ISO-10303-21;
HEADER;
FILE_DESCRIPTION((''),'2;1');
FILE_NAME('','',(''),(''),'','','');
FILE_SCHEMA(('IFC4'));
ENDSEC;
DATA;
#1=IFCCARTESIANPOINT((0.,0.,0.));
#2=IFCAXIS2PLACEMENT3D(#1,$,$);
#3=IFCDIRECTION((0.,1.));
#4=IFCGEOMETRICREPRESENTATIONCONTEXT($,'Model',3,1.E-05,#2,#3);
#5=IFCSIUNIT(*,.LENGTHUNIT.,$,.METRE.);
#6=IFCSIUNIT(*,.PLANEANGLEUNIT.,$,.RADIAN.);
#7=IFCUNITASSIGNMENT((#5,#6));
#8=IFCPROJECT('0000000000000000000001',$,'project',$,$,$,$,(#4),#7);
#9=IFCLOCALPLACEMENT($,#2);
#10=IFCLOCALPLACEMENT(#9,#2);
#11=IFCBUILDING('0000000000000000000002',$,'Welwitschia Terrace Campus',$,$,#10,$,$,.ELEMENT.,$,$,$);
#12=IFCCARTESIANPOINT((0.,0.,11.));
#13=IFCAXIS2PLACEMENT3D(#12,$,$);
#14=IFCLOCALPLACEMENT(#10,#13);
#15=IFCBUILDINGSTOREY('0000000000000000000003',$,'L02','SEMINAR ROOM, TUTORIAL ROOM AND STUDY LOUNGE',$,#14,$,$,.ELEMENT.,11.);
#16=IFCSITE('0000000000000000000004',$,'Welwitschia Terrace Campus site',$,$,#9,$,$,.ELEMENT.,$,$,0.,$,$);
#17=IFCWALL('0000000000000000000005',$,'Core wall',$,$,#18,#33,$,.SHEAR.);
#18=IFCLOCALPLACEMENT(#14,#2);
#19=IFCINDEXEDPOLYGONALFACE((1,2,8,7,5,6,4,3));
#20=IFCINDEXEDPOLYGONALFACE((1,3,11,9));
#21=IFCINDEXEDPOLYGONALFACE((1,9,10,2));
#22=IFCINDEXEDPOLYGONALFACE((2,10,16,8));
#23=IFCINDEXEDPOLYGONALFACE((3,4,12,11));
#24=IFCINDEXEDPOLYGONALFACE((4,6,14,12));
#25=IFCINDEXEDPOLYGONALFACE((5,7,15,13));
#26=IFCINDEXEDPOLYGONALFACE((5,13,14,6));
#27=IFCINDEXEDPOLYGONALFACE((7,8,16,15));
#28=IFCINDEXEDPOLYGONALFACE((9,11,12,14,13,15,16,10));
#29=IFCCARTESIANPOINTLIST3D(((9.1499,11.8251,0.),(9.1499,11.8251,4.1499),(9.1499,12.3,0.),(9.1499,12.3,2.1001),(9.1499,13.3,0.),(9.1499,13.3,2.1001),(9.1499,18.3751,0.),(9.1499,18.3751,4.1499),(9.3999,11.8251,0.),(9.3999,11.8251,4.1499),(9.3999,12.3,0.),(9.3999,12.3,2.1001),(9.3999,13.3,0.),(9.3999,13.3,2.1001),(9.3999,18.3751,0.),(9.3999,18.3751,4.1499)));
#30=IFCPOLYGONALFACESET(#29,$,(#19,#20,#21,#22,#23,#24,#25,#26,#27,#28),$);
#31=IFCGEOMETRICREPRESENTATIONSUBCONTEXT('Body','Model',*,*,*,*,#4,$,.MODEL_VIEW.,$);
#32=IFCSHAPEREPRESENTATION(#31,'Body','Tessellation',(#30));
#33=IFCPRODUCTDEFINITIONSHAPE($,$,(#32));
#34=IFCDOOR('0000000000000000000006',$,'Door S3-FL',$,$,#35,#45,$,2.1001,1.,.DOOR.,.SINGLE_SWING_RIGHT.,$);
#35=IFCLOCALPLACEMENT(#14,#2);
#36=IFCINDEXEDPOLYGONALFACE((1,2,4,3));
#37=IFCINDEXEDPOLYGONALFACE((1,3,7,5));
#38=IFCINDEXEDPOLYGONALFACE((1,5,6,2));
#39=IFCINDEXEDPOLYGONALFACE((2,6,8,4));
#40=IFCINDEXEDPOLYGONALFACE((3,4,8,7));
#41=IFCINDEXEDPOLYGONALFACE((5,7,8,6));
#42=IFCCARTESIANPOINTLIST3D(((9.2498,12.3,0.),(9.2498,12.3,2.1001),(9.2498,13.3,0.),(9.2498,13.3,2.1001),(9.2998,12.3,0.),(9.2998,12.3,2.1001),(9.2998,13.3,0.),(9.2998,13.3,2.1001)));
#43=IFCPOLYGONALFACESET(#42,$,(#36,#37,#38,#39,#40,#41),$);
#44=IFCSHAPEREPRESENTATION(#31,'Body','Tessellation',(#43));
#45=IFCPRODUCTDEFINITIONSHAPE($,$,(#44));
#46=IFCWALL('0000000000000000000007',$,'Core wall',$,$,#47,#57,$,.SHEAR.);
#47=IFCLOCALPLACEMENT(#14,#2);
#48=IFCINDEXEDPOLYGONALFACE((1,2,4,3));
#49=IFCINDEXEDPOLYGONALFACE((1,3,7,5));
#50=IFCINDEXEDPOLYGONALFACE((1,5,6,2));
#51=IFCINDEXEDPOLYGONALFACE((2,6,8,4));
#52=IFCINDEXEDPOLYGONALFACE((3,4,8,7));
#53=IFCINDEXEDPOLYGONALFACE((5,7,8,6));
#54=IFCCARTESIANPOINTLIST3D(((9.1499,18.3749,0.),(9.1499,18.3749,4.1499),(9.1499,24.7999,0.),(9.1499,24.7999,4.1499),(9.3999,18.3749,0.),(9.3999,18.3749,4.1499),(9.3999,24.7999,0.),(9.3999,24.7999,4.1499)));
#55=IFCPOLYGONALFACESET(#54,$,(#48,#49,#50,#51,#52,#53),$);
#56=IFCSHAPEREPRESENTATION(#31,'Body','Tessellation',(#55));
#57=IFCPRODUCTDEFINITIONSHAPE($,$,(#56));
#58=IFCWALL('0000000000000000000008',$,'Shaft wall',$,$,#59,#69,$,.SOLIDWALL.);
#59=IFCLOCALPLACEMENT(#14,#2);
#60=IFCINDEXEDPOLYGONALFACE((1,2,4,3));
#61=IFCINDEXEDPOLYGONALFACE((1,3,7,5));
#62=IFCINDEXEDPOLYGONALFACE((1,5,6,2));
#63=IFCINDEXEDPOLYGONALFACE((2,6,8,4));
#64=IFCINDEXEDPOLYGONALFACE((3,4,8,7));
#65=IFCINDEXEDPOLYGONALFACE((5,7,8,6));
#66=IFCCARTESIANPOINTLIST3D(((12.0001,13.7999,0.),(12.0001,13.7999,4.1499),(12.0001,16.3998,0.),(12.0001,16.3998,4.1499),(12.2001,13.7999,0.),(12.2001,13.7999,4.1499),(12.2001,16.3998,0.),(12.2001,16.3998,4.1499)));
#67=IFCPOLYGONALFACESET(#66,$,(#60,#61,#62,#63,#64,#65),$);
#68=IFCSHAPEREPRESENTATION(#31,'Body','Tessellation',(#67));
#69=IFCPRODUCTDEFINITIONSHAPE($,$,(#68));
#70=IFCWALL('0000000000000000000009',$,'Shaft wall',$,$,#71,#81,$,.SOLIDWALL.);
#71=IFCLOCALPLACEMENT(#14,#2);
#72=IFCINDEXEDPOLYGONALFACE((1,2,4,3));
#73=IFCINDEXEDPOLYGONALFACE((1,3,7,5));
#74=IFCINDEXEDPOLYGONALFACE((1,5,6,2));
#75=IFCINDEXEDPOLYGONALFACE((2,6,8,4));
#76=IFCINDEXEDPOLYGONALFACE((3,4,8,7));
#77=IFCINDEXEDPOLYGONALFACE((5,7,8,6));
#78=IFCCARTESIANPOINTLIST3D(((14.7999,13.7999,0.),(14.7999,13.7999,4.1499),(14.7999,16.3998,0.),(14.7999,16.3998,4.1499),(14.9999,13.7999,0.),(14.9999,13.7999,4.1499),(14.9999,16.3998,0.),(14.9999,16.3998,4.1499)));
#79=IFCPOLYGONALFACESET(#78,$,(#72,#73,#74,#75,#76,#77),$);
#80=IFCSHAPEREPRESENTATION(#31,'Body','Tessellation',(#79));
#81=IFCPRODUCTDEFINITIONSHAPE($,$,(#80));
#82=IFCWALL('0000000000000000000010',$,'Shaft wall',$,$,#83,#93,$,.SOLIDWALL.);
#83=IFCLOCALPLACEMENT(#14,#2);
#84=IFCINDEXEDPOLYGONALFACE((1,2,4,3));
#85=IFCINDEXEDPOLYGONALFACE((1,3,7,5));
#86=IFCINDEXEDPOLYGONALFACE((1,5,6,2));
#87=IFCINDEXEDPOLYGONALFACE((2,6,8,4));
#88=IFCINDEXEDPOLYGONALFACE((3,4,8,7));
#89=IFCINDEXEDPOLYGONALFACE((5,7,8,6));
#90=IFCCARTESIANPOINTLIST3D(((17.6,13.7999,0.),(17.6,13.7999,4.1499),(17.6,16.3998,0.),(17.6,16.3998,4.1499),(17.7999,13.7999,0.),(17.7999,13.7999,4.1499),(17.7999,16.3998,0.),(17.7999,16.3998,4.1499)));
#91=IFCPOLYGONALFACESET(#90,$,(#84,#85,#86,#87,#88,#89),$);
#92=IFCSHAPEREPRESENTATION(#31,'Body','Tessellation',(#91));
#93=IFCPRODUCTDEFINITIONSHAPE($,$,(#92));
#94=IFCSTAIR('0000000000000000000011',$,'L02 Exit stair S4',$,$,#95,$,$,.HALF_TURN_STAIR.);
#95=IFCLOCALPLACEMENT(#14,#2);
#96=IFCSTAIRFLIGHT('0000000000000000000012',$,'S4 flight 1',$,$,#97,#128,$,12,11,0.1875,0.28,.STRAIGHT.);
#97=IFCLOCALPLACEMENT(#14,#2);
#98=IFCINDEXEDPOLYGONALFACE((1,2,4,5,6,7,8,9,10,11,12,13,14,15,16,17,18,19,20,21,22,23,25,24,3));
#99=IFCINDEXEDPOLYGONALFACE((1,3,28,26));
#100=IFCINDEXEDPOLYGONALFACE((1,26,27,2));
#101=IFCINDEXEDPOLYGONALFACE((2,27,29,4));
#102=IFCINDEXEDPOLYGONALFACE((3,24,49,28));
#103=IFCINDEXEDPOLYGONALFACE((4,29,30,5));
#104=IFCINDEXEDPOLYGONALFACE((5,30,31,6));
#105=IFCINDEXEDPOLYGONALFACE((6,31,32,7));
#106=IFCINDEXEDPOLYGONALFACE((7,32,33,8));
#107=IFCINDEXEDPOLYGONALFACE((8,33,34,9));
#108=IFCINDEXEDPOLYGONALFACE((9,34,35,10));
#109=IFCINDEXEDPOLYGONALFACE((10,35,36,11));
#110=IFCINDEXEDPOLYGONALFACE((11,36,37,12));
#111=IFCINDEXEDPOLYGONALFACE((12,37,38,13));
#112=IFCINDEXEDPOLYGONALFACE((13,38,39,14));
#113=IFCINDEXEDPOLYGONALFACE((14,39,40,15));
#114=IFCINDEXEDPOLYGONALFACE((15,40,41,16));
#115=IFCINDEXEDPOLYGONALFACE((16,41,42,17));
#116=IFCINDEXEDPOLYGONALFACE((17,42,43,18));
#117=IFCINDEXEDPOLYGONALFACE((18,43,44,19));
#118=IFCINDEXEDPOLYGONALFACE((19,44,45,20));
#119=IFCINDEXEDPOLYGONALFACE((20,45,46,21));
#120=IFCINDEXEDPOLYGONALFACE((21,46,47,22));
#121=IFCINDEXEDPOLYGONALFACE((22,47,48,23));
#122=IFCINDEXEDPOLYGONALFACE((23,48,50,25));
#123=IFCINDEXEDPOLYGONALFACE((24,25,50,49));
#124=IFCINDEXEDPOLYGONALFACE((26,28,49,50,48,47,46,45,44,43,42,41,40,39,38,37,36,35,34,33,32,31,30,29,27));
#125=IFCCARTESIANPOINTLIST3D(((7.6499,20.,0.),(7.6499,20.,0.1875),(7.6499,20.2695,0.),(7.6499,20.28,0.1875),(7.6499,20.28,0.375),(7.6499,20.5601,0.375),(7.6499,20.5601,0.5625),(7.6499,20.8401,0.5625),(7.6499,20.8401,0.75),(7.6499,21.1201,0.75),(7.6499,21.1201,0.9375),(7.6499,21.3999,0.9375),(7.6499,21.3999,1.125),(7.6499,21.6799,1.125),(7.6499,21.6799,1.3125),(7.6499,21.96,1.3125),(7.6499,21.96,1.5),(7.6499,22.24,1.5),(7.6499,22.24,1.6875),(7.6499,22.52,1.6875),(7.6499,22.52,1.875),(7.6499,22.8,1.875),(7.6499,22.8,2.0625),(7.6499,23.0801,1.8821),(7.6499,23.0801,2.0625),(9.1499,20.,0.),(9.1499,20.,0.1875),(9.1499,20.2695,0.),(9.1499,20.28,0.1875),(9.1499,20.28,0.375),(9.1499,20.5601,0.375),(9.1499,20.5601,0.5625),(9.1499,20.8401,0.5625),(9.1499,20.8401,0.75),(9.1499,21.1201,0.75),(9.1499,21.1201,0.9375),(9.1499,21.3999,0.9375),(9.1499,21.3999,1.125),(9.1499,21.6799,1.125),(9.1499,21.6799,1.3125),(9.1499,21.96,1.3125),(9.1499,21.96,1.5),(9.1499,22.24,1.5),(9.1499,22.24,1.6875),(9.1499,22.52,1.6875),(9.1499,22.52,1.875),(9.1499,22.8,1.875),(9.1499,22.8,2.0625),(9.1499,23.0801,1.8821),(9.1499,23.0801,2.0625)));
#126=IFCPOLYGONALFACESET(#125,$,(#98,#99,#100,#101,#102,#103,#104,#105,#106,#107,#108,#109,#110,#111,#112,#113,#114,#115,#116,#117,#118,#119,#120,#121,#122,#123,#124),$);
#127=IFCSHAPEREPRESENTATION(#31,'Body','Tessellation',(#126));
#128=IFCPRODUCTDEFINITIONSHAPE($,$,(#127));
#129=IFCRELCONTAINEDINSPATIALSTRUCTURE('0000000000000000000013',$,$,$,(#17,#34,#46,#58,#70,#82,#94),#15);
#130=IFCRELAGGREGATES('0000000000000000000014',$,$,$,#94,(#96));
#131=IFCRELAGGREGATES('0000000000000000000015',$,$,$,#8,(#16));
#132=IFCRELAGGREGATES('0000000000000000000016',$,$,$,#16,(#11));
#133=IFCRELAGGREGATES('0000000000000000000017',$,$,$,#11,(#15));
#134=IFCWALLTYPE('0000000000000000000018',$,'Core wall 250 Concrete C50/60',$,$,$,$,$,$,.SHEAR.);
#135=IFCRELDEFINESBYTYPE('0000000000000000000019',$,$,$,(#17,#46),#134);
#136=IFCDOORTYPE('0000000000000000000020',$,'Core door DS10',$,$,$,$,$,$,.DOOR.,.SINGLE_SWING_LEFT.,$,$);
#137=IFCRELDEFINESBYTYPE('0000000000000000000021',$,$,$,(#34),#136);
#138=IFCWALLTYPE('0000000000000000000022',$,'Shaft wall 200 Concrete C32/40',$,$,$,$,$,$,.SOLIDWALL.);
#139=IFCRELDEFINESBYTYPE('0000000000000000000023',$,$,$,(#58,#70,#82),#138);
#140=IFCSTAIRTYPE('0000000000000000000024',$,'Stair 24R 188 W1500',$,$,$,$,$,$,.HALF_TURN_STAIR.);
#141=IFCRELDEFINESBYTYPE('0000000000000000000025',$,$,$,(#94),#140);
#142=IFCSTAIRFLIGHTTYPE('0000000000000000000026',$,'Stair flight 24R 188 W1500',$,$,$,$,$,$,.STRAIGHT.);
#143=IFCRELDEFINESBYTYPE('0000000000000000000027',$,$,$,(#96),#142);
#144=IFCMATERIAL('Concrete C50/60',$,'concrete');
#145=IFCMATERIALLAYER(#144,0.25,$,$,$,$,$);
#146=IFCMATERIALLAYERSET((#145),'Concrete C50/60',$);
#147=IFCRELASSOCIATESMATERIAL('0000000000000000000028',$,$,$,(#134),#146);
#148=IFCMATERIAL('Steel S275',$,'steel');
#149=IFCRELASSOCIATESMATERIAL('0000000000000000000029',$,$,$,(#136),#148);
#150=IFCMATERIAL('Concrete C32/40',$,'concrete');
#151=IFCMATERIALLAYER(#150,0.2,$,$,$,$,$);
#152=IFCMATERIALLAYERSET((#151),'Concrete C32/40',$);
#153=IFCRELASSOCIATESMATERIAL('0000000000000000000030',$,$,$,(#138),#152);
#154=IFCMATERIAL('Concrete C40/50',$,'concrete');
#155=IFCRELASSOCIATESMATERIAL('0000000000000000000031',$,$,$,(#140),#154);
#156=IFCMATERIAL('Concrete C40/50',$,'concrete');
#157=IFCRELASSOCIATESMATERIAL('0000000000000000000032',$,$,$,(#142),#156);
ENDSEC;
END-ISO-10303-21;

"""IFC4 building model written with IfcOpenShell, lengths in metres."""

from ifc_helpers import new_model, si_unit, direction, frame, frame_2d, origin, place, context, subcontext, project, spatial, polyline, rectangle, outline, extrude, material, layer, layer_set, type_object, element, fill, aggregate, save


model = new_model("IFC4")

# Units and contexts
model_context = context("Model", 3, precision=1e-05, world=origin(), true_north=direction((0.0, 1.0)))
body_context = subcontext(model_context, "Body", "Model", "MODEL_VIEW")
ifc_project = project(units=[si_unit("LENGTHUNIT", "METRE"), si_unit("PLANEANGLEUNIT", "RADIAN")], contexts=[model_context])

# Site, building, storey
site_placement = place(None, origin())
site = spatial("IfcSite", under=ifc_project, at=site_placement, Name="Welwitschia Terrace Campus site", CompositionType="ELEMENT", RefElevation=0.0)
building_placement = place(site_placement, origin())
building = spatial("IfcBuilding", under=site, at=building_placement, Name="Welwitschia Terrace Campus", CompositionType="ELEMENT")
storey_placement = place(building_placement, frame((0.0, 0.0, 11.0)))
storey = spatial("IfcBuildingStorey", under=building, at=storey_placement, Name="L02", Description="SEMINAR ROOM, TUTORIAL ROOM AND STUDY LOUNGE", CompositionType="ELEMENT", Elevation=11.0)

# Wall, opening, door
ifc_material_1 = material(Name="Concrete C50/60", Category="concrete")
ifc_layer_1 = layer(ifc_material_1, 0.25)
ifc_layer_set_1 = layer_set([ifc_layer_1], Name="Concrete C50/60")
wall_type_1 = type_object("IfcWallType", Name="Core wall 250 Concrete C50/60", PredefinedType="SHEAR", material=ifc_layer_set_1)
wall_1_placement = place(storey_placement, frame((9.2749, 18.375, 0.0), z_axis=(0.0, 0.0, 1.0), x_axis=(0.0, -1.0, 0.0)))
wall_1 = element("IfcWall", 1, at=wall_1_placement, inside=storey, type_object=wall_type_1, Name="Core wall", PredefinedType="SHEAR", context=body_context, shape_type="SweptSolid", body=[
    extrude(rectangle(XDim=6.55, YDim=0.25, at=frame_2d((3.2749, 0.0))), origin(), (0.0, 0.0, 1.0), 4.1499),
])
opening_1_placement = place(wall_1_placement, frame((5.075, 0.0, 0.0)))
opening_1 = element("IfcOpeningElement", 2, at=opening_1_placement, cuts=wall_1, PredefinedType="OPENING", context=body_context, shape_type="SweptSolid", body=[
    extrude(rectangle(XDim=1.0, YDim=2.1001, at=frame_2d((0.5, 1.05))), frame((0.0, 0.135, 0.0), z_axis=(0.0, -1.0, 0.0), x_axis=(1.0, 0.0, 0.0)), (0.0, 0.0, 1.0), 0.27),
])
ifc_material_2 = material(Name="Steel S275", Category="steel")
door_type_1 = type_object("IfcDoorType", Name="Core door DS10", OperationType="SINGLE_SWING_LEFT", PredefinedType="DOOR", material=ifc_material_2)
door_1_placement = place(opening_1_placement, origin())
door_1 = element("IfcDoor", 3, at=door_1_placement, inside=storey, type_object=door_type_1, Name="Door S3-FL", OperationType="SINGLE_SWING_RIGHT", OverallHeight=2.1001, OverallWidth=1.0, PredefinedType="DOOR", context=body_context, shape_type="SweptSolid", body=[
    extrude(rectangle(XDim=1.0, YDim=2.1001, at=frame_2d((0.5, 1.05))), frame((0.0, 0.0249, 0.0), z_axis=(0.0, -1.0, 0.0), x_axis=(1.0, 0.0, 0.0)), (0.0, 0.0, 1.0), 0.05),
])
fill(opening_1, door_1)

# Walls
wall_2_placement = place(storey_placement, frame((9.2749, 18.375, 0.0), z_axis=(0.0, 0.0, 1.0), x_axis=(0.0, 1.0, 0.0)))
element("IfcWall", 4, at=wall_2_placement, inside=storey, type_object=wall_type_1, Name="Core wall", PredefinedType="SHEAR", context=body_context, shape_type="SweptSolid", body=[
    extrude(rectangle(XDim=6.425, YDim=0.25, at=frame_2d((3.2124, 0.0))), origin(), (0.0, 0.0, 1.0), 4.1499),
])
ifc_material_3 = material(Name="Concrete C32/40", Category="concrete")
ifc_layer_2 = layer(ifc_material_3, 0.2)
ifc_layer_set_2 = layer_set([ifc_layer_2], Name="Concrete C32/40")
wall_type_2 = type_object("IfcWallType", Name="Shaft wall 200 Concrete C32/40", PredefinedType="SOLIDWALL", material=ifc_layer_set_2)
for number, where, z_axis, x_axis, name in (
    (5, (12.1001, 13.8, 0.0), (0.0, 0.0, 1.0), (0.0, 1.0, 0.0), "Shaft wall"),
    (6, (14.8999, 13.8, 0.0), (0.0, 0.0, 1.0), (0.0, 1.0, 0.0), "Shaft wall"),
    (7, (17.7, 13.8, 0.0), (0.0, 0.0, 1.0), (0.0, 1.0, 0.0), "Shaft wall"),
):
    element("IfcWall", number, at=place(storey_placement, frame(where, z_axis=z_axis, x_axis=x_axis)), inside=storey, type_object=wall_type_2, Name=name, PredefinedType="SOLIDWALL", context=body_context, shape_type="SweptSolid", body=[
        extrude(rectangle(XDim=2.5999, YDim=0.2, at=frame_2d((1.2998, 0.0))), origin(), (0.0, 0.0, 1.0), 4.1499),
    ])

# Stair, stair flight
ifc_material_4 = material(Name="Concrete C40/50", Category="concrete")
stair_type = type_object("IfcStairType", Name="Stair 24R 188 W1500", PredefinedType="HALF_TURN_STAIR", material=ifc_material_4)
stair_placement = place(storey_placement, origin())
stair = element("IfcStair", 8, at=stair_placement, inside=storey, type_object=stair_type, Name="L02 Exit stair S4", PredefinedType="HALF_TURN_STAIR")
ifc_material_5 = material(Name="Concrete C40/50", Category="concrete")
stair_flight_type = type_object("IfcStairFlightType", Name="Stair flight 24R 188 W1500", PredefinedType="STRAIGHT", material=ifc_material_5)
stair_flight_placement = place(storey_placement, frame((8.3999, 20.0, 0.0), z_axis=(0.0, 0.0, 1.0), x_axis=(0.0, 1.0, 0.0)))
stair_flight = element("IfcStairFlight", 9, at=stair_flight_placement, type_object=stair_flight_type, Name="S4 flight 1", NumberOfRisers=12, NumberOfTreads=11, PredefinedType="STRAIGHT", RiserHeight=0.1875, TreadLength=0.28, context=body_context, shape_type="SweptSolid", body=[
    extrude(outline(polyline([(0.0, 0.0), (0.0, 0.1875), (0.28, 0.1875), (0.28, 0.375), (0.5601, 0.375), (0.5601, 0.5625), (0.8401, 0.5625), (0.8401, 0.75), (1.1201, 0.75), (1.1201, 0.9375), (1.3999, 0.9375), (1.3999, 1.125), (1.6799, 1.125), (1.6799, 1.3125), (1.96, 1.3125), (1.96, 1.5), (2.24, 1.5), (2.24, 1.6875), (2.52, 1.6875), (2.52, 1.875), (2.8, 1.875), (2.8, 2.0625), (3.0801, 2.0625), (3.0801, 2.25), (3.0801, 1.8821), (0.2695, 0.0), (0.0, 0.0)])), frame((0.0, 0.75, 0.0), z_axis=(0.0, -1.0, 0.0), x_axis=(1.0, 0.0, 0.0)), (0.0, 0.0, 1.0), 1.5),
])
aggregate(stair, [stair_flight])

save(model, "model.ifc")
